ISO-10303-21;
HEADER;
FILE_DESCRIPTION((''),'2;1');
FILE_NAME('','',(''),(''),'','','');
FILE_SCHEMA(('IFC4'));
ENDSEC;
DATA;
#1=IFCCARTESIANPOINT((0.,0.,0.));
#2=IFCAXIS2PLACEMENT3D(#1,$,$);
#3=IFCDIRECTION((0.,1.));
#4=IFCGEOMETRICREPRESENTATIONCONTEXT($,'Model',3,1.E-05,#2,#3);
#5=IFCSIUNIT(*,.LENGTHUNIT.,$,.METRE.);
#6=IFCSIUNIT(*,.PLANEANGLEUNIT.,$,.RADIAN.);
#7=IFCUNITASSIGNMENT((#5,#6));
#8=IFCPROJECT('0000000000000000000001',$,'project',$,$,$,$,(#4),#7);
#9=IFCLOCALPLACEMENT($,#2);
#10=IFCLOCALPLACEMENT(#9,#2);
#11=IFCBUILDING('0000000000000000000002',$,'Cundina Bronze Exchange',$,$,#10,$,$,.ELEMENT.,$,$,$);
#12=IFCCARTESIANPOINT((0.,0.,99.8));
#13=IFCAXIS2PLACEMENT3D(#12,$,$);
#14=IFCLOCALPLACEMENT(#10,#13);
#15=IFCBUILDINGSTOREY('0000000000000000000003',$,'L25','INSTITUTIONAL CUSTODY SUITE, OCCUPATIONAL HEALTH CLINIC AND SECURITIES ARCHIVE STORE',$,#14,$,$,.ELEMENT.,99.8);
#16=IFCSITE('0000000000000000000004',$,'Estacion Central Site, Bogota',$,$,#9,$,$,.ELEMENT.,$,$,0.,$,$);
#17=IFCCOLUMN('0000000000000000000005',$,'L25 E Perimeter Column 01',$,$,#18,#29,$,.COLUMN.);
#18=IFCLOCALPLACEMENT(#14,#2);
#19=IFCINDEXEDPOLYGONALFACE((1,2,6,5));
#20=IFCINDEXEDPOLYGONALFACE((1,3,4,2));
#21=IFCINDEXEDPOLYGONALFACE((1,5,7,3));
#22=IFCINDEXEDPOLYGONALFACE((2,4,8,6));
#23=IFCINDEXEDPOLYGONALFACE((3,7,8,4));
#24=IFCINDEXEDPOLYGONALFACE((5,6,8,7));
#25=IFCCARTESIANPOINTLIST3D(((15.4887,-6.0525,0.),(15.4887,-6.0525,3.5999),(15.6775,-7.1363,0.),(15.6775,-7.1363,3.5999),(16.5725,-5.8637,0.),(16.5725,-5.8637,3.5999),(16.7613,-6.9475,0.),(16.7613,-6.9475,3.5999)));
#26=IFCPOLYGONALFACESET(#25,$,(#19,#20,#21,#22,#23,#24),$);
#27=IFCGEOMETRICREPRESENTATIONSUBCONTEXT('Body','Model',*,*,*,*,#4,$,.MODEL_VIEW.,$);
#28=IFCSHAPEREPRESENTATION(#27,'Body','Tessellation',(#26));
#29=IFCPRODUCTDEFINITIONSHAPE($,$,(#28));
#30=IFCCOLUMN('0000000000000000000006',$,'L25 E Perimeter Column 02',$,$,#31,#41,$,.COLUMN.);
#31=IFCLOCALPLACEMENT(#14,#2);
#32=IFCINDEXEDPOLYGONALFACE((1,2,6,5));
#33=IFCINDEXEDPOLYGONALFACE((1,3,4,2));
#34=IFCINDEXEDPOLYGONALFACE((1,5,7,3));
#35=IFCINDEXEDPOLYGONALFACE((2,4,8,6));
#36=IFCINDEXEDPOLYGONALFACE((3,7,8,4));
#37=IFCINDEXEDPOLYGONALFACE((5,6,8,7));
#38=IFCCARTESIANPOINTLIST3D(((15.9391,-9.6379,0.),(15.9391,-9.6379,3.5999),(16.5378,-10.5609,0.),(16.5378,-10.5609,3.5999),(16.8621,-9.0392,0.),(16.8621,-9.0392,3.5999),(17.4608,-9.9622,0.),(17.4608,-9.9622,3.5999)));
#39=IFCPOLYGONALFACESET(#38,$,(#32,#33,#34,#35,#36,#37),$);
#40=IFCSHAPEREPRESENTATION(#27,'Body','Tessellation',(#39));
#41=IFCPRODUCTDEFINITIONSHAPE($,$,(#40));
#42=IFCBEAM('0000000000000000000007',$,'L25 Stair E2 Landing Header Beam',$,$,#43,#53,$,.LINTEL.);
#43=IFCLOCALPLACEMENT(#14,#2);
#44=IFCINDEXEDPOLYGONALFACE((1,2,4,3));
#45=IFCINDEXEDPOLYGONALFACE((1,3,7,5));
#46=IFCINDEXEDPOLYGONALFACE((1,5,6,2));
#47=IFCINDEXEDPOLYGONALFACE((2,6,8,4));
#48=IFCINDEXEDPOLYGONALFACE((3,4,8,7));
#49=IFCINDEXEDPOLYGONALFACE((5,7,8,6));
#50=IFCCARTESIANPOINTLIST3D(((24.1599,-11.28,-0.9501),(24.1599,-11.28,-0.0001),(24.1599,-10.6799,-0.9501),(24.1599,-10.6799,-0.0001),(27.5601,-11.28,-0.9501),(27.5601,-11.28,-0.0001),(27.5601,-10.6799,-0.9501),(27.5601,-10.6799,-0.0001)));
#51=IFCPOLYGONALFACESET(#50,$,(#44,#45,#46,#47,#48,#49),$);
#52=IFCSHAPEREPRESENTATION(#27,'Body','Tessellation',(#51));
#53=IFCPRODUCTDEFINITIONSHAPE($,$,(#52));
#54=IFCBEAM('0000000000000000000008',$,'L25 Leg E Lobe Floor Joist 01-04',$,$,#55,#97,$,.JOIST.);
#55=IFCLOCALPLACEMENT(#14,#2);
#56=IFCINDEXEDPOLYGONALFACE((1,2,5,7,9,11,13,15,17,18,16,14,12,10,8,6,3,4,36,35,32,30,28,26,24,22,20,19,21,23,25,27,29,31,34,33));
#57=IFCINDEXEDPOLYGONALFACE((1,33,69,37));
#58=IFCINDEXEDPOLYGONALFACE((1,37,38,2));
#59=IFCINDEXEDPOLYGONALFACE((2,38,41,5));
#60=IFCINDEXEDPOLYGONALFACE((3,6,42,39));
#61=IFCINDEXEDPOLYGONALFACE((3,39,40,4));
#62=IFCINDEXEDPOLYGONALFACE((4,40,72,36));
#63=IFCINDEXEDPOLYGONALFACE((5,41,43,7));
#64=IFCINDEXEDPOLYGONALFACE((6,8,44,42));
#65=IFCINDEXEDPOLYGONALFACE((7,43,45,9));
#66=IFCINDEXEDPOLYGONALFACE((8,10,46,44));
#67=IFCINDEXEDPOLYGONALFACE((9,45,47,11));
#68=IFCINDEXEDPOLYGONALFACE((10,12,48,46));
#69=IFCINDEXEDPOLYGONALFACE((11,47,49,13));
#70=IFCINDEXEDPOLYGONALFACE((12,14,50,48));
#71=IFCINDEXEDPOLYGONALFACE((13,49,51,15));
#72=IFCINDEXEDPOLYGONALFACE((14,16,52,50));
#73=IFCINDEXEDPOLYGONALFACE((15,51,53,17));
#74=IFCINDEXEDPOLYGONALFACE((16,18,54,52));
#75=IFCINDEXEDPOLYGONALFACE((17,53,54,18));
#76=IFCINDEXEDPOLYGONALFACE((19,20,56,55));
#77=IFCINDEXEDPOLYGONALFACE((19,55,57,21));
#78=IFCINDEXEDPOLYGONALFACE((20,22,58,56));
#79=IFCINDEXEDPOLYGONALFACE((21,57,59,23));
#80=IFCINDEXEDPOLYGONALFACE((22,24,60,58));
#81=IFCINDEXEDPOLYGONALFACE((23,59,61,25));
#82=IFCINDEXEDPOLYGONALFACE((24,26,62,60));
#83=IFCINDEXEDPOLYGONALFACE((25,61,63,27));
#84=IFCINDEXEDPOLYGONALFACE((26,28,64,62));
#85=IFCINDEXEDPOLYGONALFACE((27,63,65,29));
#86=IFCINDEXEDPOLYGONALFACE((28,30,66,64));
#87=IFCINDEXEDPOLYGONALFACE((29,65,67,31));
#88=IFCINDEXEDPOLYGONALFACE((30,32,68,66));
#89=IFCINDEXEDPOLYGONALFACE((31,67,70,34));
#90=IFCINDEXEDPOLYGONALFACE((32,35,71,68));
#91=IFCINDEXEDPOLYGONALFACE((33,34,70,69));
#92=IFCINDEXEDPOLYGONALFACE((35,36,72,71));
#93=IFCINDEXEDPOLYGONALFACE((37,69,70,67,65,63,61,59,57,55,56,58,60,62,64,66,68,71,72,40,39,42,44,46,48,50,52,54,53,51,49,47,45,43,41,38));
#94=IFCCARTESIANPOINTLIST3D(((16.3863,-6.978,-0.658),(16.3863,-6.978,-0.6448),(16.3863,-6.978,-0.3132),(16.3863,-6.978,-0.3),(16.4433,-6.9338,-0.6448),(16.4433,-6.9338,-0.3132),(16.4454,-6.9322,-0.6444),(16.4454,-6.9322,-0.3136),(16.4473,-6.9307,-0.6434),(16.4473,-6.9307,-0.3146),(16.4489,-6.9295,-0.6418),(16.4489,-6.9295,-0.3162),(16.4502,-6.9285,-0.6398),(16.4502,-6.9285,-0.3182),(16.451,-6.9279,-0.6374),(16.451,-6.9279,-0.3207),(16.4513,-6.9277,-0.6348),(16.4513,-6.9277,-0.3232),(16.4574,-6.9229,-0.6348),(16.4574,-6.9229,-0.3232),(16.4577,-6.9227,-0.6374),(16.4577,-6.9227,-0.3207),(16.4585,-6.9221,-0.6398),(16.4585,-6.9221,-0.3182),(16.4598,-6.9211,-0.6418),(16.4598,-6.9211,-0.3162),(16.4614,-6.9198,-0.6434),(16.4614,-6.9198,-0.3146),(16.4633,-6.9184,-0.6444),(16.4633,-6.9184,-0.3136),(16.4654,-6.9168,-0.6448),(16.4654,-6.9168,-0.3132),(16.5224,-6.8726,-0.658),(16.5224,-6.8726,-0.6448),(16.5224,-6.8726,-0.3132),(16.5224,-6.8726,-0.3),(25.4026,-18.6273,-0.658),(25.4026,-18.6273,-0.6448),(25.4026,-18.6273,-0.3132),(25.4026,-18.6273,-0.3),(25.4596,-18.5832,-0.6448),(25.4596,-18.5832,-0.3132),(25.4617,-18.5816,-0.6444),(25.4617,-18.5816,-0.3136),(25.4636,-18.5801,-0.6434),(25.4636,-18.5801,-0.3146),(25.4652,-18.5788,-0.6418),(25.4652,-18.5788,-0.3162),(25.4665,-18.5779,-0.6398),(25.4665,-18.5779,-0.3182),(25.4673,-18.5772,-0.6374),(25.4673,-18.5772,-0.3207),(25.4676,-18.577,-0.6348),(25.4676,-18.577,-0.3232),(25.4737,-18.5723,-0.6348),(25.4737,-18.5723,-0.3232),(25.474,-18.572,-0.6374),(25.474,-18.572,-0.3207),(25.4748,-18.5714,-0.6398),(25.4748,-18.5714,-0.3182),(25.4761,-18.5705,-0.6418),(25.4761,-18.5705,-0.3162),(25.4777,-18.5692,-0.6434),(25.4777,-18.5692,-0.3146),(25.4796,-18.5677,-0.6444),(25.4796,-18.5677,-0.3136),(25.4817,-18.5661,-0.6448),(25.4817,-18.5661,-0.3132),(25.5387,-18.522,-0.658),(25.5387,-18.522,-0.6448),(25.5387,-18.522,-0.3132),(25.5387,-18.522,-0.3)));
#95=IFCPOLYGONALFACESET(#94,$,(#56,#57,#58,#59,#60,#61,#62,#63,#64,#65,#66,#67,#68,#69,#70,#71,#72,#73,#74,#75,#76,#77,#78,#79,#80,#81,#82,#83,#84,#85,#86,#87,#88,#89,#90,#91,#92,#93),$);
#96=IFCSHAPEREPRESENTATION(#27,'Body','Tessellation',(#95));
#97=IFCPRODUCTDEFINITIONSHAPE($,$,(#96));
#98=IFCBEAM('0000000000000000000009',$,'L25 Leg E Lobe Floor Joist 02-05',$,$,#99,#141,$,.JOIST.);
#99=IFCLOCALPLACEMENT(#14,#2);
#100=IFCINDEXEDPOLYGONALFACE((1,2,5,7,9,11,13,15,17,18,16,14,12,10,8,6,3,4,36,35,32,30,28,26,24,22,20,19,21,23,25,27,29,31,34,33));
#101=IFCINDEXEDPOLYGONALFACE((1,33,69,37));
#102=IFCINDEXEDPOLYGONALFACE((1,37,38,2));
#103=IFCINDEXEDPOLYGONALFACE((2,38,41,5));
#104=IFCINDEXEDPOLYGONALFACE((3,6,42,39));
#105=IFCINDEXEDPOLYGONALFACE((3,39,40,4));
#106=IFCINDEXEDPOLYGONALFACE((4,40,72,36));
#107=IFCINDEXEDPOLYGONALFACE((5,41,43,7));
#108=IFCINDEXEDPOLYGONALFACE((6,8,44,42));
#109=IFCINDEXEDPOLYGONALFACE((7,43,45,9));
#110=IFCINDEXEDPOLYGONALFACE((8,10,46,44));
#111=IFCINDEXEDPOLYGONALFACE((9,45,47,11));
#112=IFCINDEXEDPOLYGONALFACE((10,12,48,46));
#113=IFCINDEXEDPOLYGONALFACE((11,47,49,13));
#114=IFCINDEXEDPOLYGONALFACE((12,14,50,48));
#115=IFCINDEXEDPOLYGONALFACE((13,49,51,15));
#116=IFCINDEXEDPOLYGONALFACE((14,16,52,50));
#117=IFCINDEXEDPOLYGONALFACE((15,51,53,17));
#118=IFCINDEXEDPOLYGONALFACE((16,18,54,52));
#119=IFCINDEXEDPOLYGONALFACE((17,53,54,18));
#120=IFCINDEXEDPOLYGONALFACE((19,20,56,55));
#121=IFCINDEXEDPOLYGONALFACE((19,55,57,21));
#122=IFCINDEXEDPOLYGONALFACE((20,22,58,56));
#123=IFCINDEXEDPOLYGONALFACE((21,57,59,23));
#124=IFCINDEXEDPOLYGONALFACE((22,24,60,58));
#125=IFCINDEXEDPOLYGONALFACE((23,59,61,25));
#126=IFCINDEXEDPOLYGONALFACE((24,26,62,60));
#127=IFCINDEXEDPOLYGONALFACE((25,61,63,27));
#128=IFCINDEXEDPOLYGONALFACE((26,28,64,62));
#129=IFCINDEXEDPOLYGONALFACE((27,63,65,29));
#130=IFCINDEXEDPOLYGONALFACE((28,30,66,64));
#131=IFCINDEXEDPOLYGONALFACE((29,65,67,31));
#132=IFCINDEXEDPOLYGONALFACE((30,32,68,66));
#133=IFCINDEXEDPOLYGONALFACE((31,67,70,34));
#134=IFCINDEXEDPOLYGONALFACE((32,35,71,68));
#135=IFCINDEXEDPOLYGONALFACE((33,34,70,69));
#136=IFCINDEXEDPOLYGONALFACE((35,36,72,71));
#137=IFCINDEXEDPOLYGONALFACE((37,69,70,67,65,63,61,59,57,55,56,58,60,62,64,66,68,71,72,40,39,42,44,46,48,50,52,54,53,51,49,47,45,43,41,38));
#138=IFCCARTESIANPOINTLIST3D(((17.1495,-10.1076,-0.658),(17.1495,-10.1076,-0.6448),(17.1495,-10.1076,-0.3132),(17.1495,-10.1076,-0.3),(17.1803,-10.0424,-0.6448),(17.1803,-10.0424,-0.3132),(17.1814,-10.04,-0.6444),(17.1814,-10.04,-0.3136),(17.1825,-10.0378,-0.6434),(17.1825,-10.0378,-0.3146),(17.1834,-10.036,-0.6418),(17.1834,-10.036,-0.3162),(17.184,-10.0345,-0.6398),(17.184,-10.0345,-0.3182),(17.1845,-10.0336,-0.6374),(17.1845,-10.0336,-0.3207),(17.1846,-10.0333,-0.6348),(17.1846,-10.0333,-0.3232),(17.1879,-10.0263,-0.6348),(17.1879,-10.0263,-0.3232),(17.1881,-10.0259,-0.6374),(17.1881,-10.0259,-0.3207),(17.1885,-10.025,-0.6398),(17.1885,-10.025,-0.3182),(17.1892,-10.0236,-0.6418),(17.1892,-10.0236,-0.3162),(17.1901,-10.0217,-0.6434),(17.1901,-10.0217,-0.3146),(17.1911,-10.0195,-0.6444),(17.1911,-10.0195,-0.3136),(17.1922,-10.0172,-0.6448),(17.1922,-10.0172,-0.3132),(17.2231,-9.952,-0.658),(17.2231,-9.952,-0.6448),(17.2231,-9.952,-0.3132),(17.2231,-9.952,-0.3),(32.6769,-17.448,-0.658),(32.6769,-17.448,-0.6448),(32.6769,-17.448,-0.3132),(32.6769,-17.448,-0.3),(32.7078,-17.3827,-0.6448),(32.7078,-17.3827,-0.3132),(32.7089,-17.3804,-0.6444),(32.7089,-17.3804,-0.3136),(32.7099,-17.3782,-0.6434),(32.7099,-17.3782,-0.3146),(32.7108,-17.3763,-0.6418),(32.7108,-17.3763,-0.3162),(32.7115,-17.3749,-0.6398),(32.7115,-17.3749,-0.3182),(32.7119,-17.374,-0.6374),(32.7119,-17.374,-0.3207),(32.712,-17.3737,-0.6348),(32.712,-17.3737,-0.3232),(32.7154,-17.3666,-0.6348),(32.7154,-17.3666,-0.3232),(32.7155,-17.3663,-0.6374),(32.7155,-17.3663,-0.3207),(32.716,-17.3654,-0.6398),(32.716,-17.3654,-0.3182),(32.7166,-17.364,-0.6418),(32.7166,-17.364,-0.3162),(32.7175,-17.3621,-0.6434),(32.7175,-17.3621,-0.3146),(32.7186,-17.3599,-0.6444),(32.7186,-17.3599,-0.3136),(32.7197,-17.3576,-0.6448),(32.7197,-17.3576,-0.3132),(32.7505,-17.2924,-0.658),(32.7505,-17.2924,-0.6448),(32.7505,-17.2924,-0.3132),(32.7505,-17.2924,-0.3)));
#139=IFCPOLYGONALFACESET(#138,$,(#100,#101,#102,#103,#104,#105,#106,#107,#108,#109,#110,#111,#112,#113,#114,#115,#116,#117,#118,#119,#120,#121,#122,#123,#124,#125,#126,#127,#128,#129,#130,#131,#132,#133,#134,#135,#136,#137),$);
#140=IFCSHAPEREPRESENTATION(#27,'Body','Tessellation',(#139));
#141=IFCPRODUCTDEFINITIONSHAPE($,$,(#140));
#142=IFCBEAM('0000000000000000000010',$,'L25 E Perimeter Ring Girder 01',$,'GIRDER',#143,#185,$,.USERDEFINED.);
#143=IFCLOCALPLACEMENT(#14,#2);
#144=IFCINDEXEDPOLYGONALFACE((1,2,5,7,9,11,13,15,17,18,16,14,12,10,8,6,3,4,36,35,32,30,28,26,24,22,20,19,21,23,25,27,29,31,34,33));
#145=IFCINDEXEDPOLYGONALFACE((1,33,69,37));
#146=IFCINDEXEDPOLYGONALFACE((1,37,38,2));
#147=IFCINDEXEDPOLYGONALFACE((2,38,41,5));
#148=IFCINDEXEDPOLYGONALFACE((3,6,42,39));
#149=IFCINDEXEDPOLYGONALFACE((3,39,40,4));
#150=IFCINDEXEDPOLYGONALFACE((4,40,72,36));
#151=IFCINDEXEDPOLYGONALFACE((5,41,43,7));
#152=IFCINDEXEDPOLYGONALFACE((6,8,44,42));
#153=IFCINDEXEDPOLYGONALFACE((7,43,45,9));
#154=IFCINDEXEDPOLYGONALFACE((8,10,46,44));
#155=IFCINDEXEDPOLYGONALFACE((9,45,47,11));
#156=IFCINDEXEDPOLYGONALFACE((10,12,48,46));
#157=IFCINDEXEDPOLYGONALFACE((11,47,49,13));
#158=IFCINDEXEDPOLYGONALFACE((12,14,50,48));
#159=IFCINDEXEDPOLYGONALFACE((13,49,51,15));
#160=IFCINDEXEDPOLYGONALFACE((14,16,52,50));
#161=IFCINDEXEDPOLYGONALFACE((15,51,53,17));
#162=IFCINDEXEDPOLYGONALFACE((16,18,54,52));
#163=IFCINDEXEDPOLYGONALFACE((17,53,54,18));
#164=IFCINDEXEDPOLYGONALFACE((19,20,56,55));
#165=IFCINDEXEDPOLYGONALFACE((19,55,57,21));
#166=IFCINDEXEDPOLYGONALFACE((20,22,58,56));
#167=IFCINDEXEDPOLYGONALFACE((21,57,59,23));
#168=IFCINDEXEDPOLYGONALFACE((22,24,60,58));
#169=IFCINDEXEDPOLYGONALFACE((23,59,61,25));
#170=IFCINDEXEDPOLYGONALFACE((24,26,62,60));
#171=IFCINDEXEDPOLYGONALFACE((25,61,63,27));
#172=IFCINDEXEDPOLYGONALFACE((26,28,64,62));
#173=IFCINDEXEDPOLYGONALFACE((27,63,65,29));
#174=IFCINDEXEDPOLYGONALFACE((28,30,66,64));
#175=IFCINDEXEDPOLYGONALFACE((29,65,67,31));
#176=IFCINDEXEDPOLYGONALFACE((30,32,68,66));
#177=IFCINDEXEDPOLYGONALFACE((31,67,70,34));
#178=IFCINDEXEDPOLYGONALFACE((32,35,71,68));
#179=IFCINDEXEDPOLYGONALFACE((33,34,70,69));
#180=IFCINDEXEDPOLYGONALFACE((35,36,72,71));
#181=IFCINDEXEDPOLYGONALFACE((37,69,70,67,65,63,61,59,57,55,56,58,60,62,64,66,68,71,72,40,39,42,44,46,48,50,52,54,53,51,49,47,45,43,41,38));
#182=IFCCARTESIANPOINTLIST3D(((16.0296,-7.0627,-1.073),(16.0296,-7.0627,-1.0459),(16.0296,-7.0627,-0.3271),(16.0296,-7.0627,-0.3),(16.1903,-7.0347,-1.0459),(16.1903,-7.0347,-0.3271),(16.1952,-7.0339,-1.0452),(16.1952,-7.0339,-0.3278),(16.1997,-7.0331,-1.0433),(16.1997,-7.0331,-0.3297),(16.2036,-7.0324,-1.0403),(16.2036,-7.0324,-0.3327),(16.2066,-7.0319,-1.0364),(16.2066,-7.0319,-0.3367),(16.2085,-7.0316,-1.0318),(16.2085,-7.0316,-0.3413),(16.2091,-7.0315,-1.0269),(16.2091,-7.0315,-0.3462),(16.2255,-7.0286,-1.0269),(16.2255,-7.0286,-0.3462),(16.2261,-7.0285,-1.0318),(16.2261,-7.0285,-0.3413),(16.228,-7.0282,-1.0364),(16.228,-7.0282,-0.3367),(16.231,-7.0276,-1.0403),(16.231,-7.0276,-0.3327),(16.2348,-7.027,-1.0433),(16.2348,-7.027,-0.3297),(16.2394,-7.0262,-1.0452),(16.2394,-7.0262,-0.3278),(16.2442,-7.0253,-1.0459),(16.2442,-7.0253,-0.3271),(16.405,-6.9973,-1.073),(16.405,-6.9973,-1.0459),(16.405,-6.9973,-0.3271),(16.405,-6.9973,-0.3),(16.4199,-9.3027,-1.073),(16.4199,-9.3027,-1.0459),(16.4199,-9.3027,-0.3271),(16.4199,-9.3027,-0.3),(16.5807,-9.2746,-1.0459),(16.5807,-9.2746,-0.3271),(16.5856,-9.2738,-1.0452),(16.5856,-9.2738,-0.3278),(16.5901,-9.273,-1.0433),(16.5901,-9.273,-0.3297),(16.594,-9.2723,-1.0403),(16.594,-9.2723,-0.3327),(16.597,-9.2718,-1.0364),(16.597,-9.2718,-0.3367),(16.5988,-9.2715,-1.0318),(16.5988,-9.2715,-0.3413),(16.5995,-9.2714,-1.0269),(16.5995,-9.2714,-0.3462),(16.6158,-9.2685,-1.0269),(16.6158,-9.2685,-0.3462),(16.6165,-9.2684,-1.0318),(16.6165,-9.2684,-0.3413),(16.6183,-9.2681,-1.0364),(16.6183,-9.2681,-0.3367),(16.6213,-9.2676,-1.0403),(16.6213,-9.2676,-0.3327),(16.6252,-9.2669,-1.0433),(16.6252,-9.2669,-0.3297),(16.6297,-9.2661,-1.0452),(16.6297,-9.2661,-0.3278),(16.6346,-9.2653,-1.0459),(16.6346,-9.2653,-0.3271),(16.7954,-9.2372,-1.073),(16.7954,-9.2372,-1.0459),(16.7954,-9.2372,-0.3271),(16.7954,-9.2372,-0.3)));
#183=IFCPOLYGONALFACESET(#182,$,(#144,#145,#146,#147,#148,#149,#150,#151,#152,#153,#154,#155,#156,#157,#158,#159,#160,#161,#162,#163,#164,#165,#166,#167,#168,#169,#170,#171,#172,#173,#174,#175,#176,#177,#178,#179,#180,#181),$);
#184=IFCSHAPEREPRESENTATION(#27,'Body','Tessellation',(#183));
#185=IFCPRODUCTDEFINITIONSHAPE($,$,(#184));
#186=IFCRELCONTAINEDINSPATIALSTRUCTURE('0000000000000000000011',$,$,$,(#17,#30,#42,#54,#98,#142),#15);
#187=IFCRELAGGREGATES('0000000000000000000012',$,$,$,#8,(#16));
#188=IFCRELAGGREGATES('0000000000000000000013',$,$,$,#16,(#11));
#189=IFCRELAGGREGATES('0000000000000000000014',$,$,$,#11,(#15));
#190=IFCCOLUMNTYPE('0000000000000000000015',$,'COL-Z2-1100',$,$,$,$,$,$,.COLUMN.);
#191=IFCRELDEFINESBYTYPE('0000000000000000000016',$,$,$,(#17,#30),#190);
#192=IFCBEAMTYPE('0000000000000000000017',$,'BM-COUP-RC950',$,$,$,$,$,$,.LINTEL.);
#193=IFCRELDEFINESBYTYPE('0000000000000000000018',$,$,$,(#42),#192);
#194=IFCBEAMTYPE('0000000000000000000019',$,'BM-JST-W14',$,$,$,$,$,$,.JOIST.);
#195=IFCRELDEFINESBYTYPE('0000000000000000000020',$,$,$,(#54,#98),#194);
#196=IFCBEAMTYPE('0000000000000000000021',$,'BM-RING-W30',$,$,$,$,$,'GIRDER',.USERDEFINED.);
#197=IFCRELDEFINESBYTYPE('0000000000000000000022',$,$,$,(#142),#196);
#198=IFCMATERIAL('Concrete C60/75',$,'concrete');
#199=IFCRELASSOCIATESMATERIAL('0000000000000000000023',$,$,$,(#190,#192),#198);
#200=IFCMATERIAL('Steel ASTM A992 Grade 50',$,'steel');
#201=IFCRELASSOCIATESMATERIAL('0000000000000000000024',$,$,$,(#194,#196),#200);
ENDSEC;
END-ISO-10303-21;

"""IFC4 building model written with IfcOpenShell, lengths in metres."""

from ifc_helpers import new_model, si_unit, direction, frame, origin, origin_2d, place, context, subcontext, project, spatial, rectangle, i_section, extrude, material, material_profile, profile_set, type_object, element, save


model = new_model("IFC4")

# Units and contexts
model_context = context("Model", 3, precision=1e-05, world=origin(), true_north=direction((0.0, 1.0)))
body_context = subcontext(model_context, "Body", "Model", "MODEL_VIEW")
ifc_project = project(units=[si_unit("LENGTHUNIT", "METRE"), si_unit("PLANEANGLEUNIT", "RADIAN")], contexts=[model_context])

# Site, building, storey
site_placement = place(None, origin())
site = spatial("IfcSite", under=ifc_project, at=site_placement, Name="Estacion Central Site, Bogota", CompositionType="ELEMENT", RefElevation=0.0)
building_placement = place(site_placement, origin())
building = spatial("IfcBuilding", under=site, at=building_placement, Name="Cundina Bronze Exchange", CompositionType="ELEMENT")
storey_placement = place(building_placement, frame((0.0, 0.0, 99.8)))
storey = spatial("IfcBuildingStorey", under=building, at=storey_placement, Name="L25", Description="INSTITUTIONAL CUSTODY SUITE, OCCUPATIONAL HEALTH CLINIC AND SECURITIES ARCHIVE STORE", CompositionType="ELEMENT", Elevation=99.8)

# Columns
ifc_material_1 = material(Name="Concrete C60/75", Category="concrete")
ifc_material_profile_1 = material_profile(ifc_material_1, rectangle(XDim=1.1001, YDim=1.1001, at=origin_2d()), Name="RC1100X1100", Category="concrete")
ifc_profile_set_1 = profile_set([ifc_material_profile_1], Name="Concrete C60/75")
column_type = type_object("IfcColumnType", Name="COL-Z2-1100", PredefinedType="COLUMN", material=ifc_profile_set_1)
for number, where, z_axis, x_axis, name in (
    (1, (16.125, -6.5, 0.0), (0.0, 0.0, 1.0), (0.171585, -0.985169, 0.0), "L25 E Perimeter Column 01"),
    (2, (16.7, -9.8, 0.0), (0.0, 0.0, 1.0), (0.5442, -0.838956, 0.0), "L25 E Perimeter Column 02"),
):
    element("IfcColumn", number, at=place(storey_placement, frame(where, z_axis=z_axis, x_axis=x_axis)), inside=storey, type_object=column_type, Name=name, PredefinedType="COLUMN", context=body_context, shape_type="SweptSolid", body=[
        extrude(rectangle(XDim=1.1001, YDim=1.1001, at=origin_2d()), origin(), (0.0, 0.0, 1.0), 3.5999),
    ])

# Beams
ifc_material_profile_2 = material_profile(ifc_material_1, rectangle(XDim=0.6001, YDim=0.95, at=origin_2d()), Name="RC600X950", Category="concrete")
ifc_profile_set_2 = profile_set([ifc_material_profile_2], Name="Concrete C60/75")
beam_type_1 = type_object("IfcBeamType", Name="BM-COUP-RC950", PredefinedType="LINTEL", material=ifc_profile_set_2)
beam_1_placement = place(storey_placement, frame((24.1599, -10.98, -0.4751), z_axis=(1.0, 0.0, 0.0), x_axis=(0.0, 1.0, 0.0)))
element("IfcBeam", 3, at=beam_1_placement, inside=storey, type_object=beam_type_1, Name="L25 Stair E2 Landing Header Beam", PredefinedType="LINTEL", context=body_context, shape_type="SweptSolid", body=[
    extrude(rectangle(XDim=0.6001, YDim=0.95, at=origin_2d()), origin(), (0.0, 0.0, 1.0), 3.4001),
])
ifc_material_2 = material(Name="Steel ASTM A992 Grade 50", Category="steel")
ifc_material_profile_3 = material_profile(ifc_material_2, i_section(OverallWidth=0.1721, OverallDepth=0.3579, WebThickness=0.0078, FlangeThickness=0.0132, FilletRadius=0.01, at=origin_2d()), Name="W14X38", Category="steel")
ifc_profile_set_3 = profile_set([ifc_material_profile_3], Name="Steel ASTM A992 Grade 50")
beam_type_2 = type_object("IfcBeamType", Name="BM-JST-W14", PredefinedType="JOIST", material=ifc_profile_set_3)
beam_2_placement = place(storey_placement, frame((16.4543, -6.9253, -0.479), z_axis=(0.612065, -0.790807, 0.0), x_axis=(0.790807, 0.612065, 0.0)))
element("IfcBeam", 4, at=beam_2_placement, inside=storey, type_object=beam_type_2, Name="L25 Leg E Lobe Floor Joist 01-04", PredefinedType="JOIST", context=body_context, shape_type="SweptSolid", body=[
    extrude(i_section(OverallWidth=0.1721, OverallDepth=0.3579, WebThickness=0.0078, FlangeThickness=0.0132, FilletRadius=0.01, at=origin_2d()), origin(), (0.0, 0.0, 1.0), 14.731),
])
beam_3_placement = place(storey_placement, frame((17.1863, -10.0298, -0.479), z_axis=(0.904069, -0.427386, 0.0), x_axis=(0.427386, 0.904069, 0.0)))
element("IfcBeam", 5, at=beam_3_placement, inside=storey, type_object=beam_type_2, Name="L25 Leg E Lobe Floor Joist 02-05", PredefinedType="JOIST", context=body_context, shape_type="SweptSolid", body=[
    extrude(i_section(OverallWidth=0.1721, OverallDepth=0.3579, WebThickness=0.0078, FlangeThickness=0.0132, FilletRadius=0.01, at=origin_2d()), origin(), (0.0, 0.0, 1.0), 17.175),
])
ifc_material_profile_4 = material_profile(ifc_material_2, i_section(OverallWidth=0.3811, OverallDepth=0.7729, WebThickness=0.0166, FlangeThickness=0.0271, FilletRadius=0.019, at=origin_2d()), Name="W30X173", Category="steel")
ifc_profile_set_4 = profile_set([ifc_material_profile_4], Name="Steel ASTM A992 Grade 50")
beam_type_3 = type_object("IfcBeamType", Name="BM-RING-W30", ElementType="GIRDER", PredefinedType="USERDEFINED", material=ifc_profile_set_4)
beam_4_placement = place(storey_placement, frame((16.2173, -7.03, -0.6865), z_axis=(0.17169, -0.985151, 0.0), x_axis=(0.985151, 0.17169, 0.0)))
element("IfcBeam", 6, at=beam_4_placement, inside=storey, type_object=beam_type_3, Name="L25 E Perimeter Ring Girder 01", ObjectType="GIRDER", PredefinedType="USERDEFINED", context=body_context, shape_type="SweptSolid", body=[
    extrude(i_section(OverallWidth=0.3811, OverallDepth=0.7729, WebThickness=0.0166, FlangeThickness=0.0271, FilletRadius=0.019, at=origin_2d()), origin(), (0.0, 0.0, 1.0), 2.2737),
])

save(model, "model.ifc")
